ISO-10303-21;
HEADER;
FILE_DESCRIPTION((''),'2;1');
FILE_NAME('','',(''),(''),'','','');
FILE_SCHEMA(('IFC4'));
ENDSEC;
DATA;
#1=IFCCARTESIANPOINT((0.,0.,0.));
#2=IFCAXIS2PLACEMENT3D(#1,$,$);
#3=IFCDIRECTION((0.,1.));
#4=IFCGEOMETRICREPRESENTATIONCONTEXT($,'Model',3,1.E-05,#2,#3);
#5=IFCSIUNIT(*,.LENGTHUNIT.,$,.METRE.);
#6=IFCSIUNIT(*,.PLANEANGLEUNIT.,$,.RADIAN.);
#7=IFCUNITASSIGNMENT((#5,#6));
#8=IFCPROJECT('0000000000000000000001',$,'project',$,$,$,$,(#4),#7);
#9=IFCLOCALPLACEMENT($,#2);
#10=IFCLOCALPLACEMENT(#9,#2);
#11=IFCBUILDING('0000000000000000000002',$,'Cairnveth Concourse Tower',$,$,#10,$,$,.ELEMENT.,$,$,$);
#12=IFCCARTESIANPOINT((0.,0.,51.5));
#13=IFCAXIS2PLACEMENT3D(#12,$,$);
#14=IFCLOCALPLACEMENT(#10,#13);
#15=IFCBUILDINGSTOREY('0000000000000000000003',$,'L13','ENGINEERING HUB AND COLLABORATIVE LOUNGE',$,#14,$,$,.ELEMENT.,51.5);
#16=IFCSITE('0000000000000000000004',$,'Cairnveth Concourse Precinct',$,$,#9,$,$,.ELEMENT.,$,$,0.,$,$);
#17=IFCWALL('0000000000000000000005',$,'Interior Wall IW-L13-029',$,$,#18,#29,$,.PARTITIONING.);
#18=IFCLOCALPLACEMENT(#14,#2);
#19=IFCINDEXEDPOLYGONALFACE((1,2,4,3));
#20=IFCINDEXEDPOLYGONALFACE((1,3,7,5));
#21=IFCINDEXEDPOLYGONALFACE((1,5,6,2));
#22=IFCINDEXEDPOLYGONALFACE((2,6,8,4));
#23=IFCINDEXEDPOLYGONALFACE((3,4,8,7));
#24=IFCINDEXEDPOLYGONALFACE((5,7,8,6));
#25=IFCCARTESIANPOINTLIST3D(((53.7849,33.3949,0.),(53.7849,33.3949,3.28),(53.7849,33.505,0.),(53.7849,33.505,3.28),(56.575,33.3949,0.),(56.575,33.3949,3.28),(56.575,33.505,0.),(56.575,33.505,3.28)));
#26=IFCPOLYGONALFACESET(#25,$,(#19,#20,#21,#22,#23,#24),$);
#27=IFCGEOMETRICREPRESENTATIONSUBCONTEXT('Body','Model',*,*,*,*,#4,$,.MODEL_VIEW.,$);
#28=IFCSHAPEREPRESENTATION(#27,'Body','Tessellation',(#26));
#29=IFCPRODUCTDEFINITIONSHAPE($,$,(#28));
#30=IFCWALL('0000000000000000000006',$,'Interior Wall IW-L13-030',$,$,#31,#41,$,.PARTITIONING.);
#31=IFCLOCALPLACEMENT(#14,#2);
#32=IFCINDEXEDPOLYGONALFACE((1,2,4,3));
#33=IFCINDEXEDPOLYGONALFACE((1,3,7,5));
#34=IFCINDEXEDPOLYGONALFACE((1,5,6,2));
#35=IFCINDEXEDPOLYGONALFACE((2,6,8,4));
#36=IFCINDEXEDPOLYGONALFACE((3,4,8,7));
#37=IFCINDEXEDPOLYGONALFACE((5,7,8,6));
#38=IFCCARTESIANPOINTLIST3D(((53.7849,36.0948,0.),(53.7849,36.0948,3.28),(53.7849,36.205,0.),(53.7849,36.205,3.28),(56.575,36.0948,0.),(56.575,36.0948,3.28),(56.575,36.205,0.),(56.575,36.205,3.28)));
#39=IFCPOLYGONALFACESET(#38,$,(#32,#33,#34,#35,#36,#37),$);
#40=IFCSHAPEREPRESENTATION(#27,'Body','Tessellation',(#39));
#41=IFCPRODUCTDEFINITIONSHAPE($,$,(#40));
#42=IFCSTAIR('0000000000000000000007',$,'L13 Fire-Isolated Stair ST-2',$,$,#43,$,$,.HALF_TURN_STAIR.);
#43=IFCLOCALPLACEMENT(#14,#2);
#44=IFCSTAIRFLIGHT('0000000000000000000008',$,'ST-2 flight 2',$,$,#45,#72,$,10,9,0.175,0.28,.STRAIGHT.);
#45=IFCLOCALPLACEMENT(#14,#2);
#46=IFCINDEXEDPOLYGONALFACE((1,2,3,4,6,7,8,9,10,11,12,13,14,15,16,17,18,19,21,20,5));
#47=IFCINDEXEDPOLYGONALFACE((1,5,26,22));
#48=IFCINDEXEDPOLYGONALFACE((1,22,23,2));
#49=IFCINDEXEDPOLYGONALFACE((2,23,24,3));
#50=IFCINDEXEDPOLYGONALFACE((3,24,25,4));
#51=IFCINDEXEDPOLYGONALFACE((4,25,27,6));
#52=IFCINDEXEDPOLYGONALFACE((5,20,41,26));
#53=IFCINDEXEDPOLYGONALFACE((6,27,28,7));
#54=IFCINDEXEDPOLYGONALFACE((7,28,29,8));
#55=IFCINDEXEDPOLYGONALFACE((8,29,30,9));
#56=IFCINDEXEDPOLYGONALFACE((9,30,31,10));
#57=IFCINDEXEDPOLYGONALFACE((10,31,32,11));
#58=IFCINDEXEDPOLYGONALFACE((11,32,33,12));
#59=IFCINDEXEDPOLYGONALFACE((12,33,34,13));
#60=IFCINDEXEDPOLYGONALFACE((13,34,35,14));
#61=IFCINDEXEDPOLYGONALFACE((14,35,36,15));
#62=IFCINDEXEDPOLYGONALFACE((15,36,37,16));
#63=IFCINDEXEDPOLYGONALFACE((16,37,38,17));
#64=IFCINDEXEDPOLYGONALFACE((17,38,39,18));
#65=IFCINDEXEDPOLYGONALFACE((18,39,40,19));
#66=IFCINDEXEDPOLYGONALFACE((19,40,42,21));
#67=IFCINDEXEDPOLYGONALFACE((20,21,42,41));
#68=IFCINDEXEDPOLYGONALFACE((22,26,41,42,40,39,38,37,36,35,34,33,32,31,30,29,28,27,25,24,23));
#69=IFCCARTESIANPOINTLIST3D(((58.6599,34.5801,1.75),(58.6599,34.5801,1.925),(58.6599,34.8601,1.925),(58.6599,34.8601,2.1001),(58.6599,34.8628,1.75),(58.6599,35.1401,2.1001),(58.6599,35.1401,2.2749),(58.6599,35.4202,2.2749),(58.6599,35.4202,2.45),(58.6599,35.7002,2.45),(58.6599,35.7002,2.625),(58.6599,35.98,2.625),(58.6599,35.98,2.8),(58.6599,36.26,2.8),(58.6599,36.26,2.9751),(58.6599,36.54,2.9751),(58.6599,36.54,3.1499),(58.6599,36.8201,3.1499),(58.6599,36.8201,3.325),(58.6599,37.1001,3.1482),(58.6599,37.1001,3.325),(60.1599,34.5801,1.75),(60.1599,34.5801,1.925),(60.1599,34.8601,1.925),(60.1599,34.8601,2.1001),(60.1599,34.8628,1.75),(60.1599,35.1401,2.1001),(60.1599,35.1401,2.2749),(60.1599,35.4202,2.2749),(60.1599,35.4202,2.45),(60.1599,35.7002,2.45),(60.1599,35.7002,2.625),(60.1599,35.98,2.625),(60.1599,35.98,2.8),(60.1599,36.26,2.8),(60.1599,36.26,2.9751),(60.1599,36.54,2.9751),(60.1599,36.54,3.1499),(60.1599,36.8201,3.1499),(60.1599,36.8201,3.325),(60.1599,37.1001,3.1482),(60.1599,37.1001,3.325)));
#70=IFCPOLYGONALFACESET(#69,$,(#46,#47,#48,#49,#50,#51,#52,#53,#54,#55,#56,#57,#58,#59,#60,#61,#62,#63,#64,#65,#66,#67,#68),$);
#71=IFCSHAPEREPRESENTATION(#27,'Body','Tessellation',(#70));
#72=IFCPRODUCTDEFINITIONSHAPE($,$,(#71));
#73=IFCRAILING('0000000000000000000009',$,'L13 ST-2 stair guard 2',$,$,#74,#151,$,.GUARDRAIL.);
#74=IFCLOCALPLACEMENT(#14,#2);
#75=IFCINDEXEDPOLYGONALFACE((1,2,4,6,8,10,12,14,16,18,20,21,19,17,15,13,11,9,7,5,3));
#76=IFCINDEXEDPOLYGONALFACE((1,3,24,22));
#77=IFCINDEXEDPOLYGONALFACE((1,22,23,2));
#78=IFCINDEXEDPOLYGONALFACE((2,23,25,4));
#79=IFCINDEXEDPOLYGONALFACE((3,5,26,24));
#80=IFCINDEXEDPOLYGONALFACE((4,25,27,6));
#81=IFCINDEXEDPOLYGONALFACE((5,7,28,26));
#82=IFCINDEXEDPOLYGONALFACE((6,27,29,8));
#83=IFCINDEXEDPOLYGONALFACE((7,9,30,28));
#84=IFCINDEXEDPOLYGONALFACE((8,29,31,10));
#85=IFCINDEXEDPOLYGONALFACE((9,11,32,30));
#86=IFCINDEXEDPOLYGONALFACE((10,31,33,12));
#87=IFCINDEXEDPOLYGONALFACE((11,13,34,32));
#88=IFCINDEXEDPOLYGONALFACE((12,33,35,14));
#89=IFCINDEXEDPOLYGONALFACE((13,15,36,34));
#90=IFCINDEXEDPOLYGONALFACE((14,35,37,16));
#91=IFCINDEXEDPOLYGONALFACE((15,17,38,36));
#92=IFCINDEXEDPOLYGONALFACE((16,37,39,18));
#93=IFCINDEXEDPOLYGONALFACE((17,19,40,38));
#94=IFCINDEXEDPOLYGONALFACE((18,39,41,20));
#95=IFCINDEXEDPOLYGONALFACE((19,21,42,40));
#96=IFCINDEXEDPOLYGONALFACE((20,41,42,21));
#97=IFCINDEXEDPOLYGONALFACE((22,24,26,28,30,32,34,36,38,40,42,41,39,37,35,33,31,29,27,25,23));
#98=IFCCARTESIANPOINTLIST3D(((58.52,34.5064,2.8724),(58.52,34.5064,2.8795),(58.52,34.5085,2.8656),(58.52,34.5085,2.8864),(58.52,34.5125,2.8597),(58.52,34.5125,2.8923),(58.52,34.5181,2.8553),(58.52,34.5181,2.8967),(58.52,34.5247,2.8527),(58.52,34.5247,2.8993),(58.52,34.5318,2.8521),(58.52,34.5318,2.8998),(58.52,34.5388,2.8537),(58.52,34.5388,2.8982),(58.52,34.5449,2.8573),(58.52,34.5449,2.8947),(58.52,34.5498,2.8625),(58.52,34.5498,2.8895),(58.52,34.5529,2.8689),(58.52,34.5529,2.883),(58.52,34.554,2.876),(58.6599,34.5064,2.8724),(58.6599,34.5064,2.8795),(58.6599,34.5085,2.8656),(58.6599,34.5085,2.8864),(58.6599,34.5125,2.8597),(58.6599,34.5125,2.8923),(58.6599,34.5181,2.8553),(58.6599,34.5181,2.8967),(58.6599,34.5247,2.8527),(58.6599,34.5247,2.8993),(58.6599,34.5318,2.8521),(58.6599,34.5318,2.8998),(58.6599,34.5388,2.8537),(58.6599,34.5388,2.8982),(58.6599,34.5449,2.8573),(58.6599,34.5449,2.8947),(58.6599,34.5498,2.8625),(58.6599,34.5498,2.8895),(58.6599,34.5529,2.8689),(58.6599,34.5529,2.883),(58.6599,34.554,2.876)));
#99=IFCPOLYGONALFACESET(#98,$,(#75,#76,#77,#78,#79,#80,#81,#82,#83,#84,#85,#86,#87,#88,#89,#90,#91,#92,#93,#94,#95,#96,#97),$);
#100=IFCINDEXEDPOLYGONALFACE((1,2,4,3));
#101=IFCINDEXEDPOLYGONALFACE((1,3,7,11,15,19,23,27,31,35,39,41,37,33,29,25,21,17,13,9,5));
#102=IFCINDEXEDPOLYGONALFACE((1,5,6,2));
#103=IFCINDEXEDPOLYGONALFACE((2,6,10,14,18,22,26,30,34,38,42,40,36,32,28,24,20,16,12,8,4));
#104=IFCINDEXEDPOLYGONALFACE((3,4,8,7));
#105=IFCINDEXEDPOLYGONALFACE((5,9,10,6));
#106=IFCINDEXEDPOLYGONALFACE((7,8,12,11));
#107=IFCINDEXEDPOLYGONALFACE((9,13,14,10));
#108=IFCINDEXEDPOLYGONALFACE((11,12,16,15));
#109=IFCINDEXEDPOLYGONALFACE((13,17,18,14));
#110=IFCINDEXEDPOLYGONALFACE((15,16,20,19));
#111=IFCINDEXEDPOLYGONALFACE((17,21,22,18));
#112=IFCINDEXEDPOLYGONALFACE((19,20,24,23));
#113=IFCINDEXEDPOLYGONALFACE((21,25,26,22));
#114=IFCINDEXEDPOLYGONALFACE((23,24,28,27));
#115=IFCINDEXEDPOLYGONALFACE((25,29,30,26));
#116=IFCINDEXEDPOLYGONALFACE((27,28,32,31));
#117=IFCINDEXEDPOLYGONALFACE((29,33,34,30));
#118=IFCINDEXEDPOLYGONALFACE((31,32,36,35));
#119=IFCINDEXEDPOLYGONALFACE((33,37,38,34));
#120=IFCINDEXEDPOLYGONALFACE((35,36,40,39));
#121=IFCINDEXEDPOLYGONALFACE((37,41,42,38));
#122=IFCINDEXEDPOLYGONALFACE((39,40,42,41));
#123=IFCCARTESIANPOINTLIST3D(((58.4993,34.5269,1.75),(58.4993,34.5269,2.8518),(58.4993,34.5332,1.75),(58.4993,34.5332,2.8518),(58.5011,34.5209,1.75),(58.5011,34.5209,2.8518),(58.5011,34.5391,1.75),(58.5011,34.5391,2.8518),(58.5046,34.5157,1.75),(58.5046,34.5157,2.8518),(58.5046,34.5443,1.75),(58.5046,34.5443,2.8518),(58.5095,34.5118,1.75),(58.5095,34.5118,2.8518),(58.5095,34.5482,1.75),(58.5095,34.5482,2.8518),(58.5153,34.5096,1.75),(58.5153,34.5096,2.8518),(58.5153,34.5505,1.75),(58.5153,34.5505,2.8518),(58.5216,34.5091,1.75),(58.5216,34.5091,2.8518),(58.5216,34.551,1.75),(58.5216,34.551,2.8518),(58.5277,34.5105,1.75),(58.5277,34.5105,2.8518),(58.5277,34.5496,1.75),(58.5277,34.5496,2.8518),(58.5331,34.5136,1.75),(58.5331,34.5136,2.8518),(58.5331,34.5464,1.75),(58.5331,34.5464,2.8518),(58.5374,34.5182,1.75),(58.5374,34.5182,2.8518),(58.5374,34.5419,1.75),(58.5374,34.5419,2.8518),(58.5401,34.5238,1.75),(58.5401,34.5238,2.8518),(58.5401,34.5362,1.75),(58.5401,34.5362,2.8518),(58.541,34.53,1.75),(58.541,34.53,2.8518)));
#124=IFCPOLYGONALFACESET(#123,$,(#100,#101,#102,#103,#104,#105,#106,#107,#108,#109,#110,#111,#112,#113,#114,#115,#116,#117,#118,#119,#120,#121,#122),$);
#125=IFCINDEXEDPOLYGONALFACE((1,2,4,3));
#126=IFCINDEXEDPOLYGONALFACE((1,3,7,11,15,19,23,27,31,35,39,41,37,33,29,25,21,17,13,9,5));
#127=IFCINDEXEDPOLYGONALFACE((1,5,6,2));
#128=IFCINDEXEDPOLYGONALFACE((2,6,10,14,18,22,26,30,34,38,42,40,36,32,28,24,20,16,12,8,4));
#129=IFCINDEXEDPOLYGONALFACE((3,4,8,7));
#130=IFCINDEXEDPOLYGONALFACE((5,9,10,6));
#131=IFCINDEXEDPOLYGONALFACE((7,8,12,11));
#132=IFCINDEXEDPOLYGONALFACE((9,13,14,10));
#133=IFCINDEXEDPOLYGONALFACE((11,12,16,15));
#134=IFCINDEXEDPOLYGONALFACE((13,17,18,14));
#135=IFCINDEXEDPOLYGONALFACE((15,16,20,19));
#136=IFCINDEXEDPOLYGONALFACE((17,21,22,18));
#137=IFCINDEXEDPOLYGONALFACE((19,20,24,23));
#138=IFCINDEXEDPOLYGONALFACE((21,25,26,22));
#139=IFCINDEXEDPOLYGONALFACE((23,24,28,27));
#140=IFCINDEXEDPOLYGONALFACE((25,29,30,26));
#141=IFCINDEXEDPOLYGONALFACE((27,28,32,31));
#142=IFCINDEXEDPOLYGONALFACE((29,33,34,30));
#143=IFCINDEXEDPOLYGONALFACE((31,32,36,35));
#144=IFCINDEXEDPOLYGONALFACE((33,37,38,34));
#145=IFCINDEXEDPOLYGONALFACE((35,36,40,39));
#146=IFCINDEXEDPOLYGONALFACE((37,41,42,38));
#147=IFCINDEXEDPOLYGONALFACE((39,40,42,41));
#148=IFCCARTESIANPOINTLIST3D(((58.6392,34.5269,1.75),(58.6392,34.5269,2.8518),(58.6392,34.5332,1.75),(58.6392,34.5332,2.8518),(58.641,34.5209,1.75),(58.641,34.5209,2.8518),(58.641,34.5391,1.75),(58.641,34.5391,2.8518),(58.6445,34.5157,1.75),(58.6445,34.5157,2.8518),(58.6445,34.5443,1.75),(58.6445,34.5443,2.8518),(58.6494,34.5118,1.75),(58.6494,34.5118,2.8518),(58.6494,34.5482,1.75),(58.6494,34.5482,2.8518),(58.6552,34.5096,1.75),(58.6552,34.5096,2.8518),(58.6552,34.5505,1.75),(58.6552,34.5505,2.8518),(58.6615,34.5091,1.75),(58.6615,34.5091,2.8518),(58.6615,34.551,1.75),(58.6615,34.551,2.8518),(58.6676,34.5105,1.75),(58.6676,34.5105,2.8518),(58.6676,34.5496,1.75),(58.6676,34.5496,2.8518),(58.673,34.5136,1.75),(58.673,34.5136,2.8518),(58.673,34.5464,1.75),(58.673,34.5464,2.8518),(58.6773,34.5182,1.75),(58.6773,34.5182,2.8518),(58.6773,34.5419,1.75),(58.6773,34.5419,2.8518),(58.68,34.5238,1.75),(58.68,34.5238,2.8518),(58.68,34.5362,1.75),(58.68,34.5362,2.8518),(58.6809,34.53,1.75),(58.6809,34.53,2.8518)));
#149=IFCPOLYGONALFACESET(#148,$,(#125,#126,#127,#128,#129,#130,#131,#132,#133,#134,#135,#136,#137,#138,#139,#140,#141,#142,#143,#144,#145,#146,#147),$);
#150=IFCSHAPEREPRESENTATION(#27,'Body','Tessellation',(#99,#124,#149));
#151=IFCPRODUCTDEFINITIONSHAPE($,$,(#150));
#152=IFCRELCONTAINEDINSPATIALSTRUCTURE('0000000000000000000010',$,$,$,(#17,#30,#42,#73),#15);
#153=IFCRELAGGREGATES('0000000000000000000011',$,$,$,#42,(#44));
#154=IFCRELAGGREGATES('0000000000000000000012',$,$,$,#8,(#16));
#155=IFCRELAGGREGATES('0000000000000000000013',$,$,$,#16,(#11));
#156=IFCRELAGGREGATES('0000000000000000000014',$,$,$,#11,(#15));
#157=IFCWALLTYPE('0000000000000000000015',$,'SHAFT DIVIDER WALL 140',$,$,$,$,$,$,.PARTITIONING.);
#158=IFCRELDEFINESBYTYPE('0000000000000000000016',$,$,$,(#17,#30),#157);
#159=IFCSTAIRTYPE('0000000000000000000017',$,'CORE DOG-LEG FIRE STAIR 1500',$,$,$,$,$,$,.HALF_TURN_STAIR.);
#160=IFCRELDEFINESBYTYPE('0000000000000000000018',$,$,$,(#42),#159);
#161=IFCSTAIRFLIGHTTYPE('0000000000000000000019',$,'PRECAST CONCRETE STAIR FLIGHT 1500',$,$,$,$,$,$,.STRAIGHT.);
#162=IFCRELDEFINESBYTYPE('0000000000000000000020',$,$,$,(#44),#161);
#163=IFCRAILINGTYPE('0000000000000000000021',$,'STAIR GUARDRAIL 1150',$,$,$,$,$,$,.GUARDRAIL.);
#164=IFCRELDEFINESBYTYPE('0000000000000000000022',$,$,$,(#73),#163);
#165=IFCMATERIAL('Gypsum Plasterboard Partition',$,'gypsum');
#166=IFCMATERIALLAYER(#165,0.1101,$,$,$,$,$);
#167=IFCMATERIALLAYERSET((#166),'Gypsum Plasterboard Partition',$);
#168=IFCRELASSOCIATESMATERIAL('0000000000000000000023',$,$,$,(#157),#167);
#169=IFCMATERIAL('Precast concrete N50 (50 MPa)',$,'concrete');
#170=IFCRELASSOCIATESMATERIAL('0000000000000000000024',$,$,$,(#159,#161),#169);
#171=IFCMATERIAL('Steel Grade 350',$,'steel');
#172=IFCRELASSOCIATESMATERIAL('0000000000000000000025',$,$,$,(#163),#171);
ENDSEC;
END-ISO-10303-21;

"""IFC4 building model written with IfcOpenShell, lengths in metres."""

from ifc_helpers import new_model, si_unit, direction, frame, frame_2d, origin, origin_2d, place, context, subcontext, project, spatial, polyline, rectangle, circle, outline, extrude, material, layer, layer_set, type_object, element, aggregate, save


model = new_model("IFC4")

# Units and contexts
model_context = context("Model", 3, precision=1e-05, world=origin(), true_north=direction((0.0, 1.0)))
body_context = subcontext(model_context, "Body", "Model", "MODEL_VIEW")
ifc_project = project(units=[si_unit("LENGTHUNIT", "METRE"), si_unit("PLANEANGLEUNIT", "RADIAN")], contexts=[model_context])

# Site, building, storey
site_placement = place(None, origin())
site = spatial("IfcSite", under=ifc_project, at=site_placement, Name="Cairnveth Concourse Precinct", CompositionType="ELEMENT", RefElevation=0.0)
building_placement = place(site_placement, origin())
building = spatial("IfcBuilding", under=site, at=building_placement, Name="Cairnveth Concourse Tower", CompositionType="ELEMENT")
storey_placement = place(building_placement, frame((0.0, 0.0, 51.5)))
storey = spatial("IfcBuildingStorey", under=building, at=storey_placement, Name="L13", Description="ENGINEERING HUB AND COLLABORATIVE LOUNGE", CompositionType="ELEMENT", Elevation=51.5)

# Shared definitions
ifc_material_1 = material(Name="Steel Grade 350", Category="steel")

# Walls
ifc_material_2 = material(Name="Gypsum Plasterboard Partition", Category="gypsum")
ifc_layer_1 = layer(ifc_material_2, 0.1101)
ifc_layer_set_1 = layer_set([ifc_layer_1], Name="Gypsum Plasterboard Partition")
wall_type_1 = type_object("IfcWallType", Name="SHAFT DIVIDER WALL 140", PredefinedType="PARTITIONING", material=ifc_layer_set_1)
for number, where, z_axis, x_axis, name in (
    (1, (53.7849, 33.45, 0.0), (0.0, 0.0, 1.0), (1.0, 0.0, 0.0), "Interior Wall IW-L13-029"),
    (2, (53.7849, 36.1499, 0.0), (0.0, 0.0, 1.0), (1.0, 0.0, 0.0), "Interior Wall IW-L13-030"),
):
    element("IfcWall", number, at=place(storey_placement, frame(where, z_axis=z_axis, x_axis=x_axis)), inside=storey, type_object=wall_type_1, Name=name, PredefinedType="PARTITIONING", context=body_context, shape_type="SweptSolid", body=[
        extrude(rectangle(XDim=2.79, YDim=0.1101, at=frame_2d((1.395, 0.0))), origin(), (0.0, 0.0, 1.0), 3.28),
    ])

# Stair, stair flight
ifc_material_3 = material(Name="Precast concrete N50 (50 MPa)", Category="concrete")
stair_type = type_object("IfcStairType", Name="CORE DOG-LEG FIRE STAIR 1500", PredefinedType="HALF_TURN_STAIR", material=ifc_material_3)
stair_placement = place(storey_placement, origin())
stair = element("IfcStair", 3, at=stair_placement, inside=storey, type_object=stair_type, Name="L13 Fire-Isolated Stair ST-2", PredefinedType="HALF_TURN_STAIR")
stair_flight_type = type_object("IfcStairFlightType", Name="PRECAST CONCRETE STAIR FLIGHT 1500", PredefinedType="STRAIGHT", material=ifc_material_3)
stair_flight_placement = place(storey_placement, frame((59.4099, 34.5801, 1.75), z_axis=(0.0, 0.0, 1.0), x_axis=(0.0, 1.0, 0.0)))
stair_flight = element("IfcStairFlight", 4, at=stair_flight_placement, type_object=stair_flight_type, Name="ST-2 flight 2", NumberOfRisers=10, NumberOfTreads=9, PredefinedType="STRAIGHT", RiserHeight=0.175, TreadLength=0.28, context=body_context, shape_type="SweptSolid", body=[
    extrude(outline(polyline([(0.0, 0.0), (0.0, 0.175), (0.28, 0.175), (0.28, 0.3501), (0.5601, 0.3501), (0.5601, 0.5249), (0.8401, 0.5249), (0.8401, 0.7), (1.1201, 0.7), (1.1201, 0.875), (1.3999, 0.875), (1.3999, 1.05), (1.6799, 1.05), (1.6799, 1.2251), (1.96, 1.2251), (1.96, 1.3999), (2.24, 1.3999), (2.24, 1.575), (2.52, 1.575), (2.52, 1.75), (2.52, 1.3982), (0.2827, 0.0), (0.0, 0.0)])), frame((0.0, 0.75, 0.0), z_axis=(0.0, -1.0, 0.0), x_axis=(1.0, 0.0, 0.0)), (0.0, 0.0, 1.0), 1.5),
])
aggregate(stair, [stair_flight])

# Railing
railing_type_1 = type_object("IfcRailingType", Name="STAIR GUARDRAIL 1150", PredefinedType="GUARDRAIL", material=ifc_material_1)
railing_1_placement = place(storey_placement, frame((58.52, 34.53, 1.75)))
element("IfcRailing", 5, at=railing_1_placement, inside=storey, type_object=railing_type_1, Name="L13 ST-2 stair guard 2", PredefinedType="GUARDRAIL", context=body_context, shape_type="SweptSolid", body=[
    extrude(circle(Radius=0.0239, at=origin_2d()), frame((0.0, 0.0, 1.126), z_axis=(1.0, 0.0, 0.0), x_axis=(0.0, 1.0, 0.0)), (0.0, 0.0, 1.0), 0.1399),
    extrude(circle(Radius=0.021, at=origin_2d()), origin(), (0.0, 0.0, 1.0), 1.1018),
    extrude(circle(Radius=0.021, at=origin_2d()), frame((0.1399, 0.0, 0.0)), (0.0, 0.0, 1.0), 1.1018),
])

save(model, "model.ifc")
